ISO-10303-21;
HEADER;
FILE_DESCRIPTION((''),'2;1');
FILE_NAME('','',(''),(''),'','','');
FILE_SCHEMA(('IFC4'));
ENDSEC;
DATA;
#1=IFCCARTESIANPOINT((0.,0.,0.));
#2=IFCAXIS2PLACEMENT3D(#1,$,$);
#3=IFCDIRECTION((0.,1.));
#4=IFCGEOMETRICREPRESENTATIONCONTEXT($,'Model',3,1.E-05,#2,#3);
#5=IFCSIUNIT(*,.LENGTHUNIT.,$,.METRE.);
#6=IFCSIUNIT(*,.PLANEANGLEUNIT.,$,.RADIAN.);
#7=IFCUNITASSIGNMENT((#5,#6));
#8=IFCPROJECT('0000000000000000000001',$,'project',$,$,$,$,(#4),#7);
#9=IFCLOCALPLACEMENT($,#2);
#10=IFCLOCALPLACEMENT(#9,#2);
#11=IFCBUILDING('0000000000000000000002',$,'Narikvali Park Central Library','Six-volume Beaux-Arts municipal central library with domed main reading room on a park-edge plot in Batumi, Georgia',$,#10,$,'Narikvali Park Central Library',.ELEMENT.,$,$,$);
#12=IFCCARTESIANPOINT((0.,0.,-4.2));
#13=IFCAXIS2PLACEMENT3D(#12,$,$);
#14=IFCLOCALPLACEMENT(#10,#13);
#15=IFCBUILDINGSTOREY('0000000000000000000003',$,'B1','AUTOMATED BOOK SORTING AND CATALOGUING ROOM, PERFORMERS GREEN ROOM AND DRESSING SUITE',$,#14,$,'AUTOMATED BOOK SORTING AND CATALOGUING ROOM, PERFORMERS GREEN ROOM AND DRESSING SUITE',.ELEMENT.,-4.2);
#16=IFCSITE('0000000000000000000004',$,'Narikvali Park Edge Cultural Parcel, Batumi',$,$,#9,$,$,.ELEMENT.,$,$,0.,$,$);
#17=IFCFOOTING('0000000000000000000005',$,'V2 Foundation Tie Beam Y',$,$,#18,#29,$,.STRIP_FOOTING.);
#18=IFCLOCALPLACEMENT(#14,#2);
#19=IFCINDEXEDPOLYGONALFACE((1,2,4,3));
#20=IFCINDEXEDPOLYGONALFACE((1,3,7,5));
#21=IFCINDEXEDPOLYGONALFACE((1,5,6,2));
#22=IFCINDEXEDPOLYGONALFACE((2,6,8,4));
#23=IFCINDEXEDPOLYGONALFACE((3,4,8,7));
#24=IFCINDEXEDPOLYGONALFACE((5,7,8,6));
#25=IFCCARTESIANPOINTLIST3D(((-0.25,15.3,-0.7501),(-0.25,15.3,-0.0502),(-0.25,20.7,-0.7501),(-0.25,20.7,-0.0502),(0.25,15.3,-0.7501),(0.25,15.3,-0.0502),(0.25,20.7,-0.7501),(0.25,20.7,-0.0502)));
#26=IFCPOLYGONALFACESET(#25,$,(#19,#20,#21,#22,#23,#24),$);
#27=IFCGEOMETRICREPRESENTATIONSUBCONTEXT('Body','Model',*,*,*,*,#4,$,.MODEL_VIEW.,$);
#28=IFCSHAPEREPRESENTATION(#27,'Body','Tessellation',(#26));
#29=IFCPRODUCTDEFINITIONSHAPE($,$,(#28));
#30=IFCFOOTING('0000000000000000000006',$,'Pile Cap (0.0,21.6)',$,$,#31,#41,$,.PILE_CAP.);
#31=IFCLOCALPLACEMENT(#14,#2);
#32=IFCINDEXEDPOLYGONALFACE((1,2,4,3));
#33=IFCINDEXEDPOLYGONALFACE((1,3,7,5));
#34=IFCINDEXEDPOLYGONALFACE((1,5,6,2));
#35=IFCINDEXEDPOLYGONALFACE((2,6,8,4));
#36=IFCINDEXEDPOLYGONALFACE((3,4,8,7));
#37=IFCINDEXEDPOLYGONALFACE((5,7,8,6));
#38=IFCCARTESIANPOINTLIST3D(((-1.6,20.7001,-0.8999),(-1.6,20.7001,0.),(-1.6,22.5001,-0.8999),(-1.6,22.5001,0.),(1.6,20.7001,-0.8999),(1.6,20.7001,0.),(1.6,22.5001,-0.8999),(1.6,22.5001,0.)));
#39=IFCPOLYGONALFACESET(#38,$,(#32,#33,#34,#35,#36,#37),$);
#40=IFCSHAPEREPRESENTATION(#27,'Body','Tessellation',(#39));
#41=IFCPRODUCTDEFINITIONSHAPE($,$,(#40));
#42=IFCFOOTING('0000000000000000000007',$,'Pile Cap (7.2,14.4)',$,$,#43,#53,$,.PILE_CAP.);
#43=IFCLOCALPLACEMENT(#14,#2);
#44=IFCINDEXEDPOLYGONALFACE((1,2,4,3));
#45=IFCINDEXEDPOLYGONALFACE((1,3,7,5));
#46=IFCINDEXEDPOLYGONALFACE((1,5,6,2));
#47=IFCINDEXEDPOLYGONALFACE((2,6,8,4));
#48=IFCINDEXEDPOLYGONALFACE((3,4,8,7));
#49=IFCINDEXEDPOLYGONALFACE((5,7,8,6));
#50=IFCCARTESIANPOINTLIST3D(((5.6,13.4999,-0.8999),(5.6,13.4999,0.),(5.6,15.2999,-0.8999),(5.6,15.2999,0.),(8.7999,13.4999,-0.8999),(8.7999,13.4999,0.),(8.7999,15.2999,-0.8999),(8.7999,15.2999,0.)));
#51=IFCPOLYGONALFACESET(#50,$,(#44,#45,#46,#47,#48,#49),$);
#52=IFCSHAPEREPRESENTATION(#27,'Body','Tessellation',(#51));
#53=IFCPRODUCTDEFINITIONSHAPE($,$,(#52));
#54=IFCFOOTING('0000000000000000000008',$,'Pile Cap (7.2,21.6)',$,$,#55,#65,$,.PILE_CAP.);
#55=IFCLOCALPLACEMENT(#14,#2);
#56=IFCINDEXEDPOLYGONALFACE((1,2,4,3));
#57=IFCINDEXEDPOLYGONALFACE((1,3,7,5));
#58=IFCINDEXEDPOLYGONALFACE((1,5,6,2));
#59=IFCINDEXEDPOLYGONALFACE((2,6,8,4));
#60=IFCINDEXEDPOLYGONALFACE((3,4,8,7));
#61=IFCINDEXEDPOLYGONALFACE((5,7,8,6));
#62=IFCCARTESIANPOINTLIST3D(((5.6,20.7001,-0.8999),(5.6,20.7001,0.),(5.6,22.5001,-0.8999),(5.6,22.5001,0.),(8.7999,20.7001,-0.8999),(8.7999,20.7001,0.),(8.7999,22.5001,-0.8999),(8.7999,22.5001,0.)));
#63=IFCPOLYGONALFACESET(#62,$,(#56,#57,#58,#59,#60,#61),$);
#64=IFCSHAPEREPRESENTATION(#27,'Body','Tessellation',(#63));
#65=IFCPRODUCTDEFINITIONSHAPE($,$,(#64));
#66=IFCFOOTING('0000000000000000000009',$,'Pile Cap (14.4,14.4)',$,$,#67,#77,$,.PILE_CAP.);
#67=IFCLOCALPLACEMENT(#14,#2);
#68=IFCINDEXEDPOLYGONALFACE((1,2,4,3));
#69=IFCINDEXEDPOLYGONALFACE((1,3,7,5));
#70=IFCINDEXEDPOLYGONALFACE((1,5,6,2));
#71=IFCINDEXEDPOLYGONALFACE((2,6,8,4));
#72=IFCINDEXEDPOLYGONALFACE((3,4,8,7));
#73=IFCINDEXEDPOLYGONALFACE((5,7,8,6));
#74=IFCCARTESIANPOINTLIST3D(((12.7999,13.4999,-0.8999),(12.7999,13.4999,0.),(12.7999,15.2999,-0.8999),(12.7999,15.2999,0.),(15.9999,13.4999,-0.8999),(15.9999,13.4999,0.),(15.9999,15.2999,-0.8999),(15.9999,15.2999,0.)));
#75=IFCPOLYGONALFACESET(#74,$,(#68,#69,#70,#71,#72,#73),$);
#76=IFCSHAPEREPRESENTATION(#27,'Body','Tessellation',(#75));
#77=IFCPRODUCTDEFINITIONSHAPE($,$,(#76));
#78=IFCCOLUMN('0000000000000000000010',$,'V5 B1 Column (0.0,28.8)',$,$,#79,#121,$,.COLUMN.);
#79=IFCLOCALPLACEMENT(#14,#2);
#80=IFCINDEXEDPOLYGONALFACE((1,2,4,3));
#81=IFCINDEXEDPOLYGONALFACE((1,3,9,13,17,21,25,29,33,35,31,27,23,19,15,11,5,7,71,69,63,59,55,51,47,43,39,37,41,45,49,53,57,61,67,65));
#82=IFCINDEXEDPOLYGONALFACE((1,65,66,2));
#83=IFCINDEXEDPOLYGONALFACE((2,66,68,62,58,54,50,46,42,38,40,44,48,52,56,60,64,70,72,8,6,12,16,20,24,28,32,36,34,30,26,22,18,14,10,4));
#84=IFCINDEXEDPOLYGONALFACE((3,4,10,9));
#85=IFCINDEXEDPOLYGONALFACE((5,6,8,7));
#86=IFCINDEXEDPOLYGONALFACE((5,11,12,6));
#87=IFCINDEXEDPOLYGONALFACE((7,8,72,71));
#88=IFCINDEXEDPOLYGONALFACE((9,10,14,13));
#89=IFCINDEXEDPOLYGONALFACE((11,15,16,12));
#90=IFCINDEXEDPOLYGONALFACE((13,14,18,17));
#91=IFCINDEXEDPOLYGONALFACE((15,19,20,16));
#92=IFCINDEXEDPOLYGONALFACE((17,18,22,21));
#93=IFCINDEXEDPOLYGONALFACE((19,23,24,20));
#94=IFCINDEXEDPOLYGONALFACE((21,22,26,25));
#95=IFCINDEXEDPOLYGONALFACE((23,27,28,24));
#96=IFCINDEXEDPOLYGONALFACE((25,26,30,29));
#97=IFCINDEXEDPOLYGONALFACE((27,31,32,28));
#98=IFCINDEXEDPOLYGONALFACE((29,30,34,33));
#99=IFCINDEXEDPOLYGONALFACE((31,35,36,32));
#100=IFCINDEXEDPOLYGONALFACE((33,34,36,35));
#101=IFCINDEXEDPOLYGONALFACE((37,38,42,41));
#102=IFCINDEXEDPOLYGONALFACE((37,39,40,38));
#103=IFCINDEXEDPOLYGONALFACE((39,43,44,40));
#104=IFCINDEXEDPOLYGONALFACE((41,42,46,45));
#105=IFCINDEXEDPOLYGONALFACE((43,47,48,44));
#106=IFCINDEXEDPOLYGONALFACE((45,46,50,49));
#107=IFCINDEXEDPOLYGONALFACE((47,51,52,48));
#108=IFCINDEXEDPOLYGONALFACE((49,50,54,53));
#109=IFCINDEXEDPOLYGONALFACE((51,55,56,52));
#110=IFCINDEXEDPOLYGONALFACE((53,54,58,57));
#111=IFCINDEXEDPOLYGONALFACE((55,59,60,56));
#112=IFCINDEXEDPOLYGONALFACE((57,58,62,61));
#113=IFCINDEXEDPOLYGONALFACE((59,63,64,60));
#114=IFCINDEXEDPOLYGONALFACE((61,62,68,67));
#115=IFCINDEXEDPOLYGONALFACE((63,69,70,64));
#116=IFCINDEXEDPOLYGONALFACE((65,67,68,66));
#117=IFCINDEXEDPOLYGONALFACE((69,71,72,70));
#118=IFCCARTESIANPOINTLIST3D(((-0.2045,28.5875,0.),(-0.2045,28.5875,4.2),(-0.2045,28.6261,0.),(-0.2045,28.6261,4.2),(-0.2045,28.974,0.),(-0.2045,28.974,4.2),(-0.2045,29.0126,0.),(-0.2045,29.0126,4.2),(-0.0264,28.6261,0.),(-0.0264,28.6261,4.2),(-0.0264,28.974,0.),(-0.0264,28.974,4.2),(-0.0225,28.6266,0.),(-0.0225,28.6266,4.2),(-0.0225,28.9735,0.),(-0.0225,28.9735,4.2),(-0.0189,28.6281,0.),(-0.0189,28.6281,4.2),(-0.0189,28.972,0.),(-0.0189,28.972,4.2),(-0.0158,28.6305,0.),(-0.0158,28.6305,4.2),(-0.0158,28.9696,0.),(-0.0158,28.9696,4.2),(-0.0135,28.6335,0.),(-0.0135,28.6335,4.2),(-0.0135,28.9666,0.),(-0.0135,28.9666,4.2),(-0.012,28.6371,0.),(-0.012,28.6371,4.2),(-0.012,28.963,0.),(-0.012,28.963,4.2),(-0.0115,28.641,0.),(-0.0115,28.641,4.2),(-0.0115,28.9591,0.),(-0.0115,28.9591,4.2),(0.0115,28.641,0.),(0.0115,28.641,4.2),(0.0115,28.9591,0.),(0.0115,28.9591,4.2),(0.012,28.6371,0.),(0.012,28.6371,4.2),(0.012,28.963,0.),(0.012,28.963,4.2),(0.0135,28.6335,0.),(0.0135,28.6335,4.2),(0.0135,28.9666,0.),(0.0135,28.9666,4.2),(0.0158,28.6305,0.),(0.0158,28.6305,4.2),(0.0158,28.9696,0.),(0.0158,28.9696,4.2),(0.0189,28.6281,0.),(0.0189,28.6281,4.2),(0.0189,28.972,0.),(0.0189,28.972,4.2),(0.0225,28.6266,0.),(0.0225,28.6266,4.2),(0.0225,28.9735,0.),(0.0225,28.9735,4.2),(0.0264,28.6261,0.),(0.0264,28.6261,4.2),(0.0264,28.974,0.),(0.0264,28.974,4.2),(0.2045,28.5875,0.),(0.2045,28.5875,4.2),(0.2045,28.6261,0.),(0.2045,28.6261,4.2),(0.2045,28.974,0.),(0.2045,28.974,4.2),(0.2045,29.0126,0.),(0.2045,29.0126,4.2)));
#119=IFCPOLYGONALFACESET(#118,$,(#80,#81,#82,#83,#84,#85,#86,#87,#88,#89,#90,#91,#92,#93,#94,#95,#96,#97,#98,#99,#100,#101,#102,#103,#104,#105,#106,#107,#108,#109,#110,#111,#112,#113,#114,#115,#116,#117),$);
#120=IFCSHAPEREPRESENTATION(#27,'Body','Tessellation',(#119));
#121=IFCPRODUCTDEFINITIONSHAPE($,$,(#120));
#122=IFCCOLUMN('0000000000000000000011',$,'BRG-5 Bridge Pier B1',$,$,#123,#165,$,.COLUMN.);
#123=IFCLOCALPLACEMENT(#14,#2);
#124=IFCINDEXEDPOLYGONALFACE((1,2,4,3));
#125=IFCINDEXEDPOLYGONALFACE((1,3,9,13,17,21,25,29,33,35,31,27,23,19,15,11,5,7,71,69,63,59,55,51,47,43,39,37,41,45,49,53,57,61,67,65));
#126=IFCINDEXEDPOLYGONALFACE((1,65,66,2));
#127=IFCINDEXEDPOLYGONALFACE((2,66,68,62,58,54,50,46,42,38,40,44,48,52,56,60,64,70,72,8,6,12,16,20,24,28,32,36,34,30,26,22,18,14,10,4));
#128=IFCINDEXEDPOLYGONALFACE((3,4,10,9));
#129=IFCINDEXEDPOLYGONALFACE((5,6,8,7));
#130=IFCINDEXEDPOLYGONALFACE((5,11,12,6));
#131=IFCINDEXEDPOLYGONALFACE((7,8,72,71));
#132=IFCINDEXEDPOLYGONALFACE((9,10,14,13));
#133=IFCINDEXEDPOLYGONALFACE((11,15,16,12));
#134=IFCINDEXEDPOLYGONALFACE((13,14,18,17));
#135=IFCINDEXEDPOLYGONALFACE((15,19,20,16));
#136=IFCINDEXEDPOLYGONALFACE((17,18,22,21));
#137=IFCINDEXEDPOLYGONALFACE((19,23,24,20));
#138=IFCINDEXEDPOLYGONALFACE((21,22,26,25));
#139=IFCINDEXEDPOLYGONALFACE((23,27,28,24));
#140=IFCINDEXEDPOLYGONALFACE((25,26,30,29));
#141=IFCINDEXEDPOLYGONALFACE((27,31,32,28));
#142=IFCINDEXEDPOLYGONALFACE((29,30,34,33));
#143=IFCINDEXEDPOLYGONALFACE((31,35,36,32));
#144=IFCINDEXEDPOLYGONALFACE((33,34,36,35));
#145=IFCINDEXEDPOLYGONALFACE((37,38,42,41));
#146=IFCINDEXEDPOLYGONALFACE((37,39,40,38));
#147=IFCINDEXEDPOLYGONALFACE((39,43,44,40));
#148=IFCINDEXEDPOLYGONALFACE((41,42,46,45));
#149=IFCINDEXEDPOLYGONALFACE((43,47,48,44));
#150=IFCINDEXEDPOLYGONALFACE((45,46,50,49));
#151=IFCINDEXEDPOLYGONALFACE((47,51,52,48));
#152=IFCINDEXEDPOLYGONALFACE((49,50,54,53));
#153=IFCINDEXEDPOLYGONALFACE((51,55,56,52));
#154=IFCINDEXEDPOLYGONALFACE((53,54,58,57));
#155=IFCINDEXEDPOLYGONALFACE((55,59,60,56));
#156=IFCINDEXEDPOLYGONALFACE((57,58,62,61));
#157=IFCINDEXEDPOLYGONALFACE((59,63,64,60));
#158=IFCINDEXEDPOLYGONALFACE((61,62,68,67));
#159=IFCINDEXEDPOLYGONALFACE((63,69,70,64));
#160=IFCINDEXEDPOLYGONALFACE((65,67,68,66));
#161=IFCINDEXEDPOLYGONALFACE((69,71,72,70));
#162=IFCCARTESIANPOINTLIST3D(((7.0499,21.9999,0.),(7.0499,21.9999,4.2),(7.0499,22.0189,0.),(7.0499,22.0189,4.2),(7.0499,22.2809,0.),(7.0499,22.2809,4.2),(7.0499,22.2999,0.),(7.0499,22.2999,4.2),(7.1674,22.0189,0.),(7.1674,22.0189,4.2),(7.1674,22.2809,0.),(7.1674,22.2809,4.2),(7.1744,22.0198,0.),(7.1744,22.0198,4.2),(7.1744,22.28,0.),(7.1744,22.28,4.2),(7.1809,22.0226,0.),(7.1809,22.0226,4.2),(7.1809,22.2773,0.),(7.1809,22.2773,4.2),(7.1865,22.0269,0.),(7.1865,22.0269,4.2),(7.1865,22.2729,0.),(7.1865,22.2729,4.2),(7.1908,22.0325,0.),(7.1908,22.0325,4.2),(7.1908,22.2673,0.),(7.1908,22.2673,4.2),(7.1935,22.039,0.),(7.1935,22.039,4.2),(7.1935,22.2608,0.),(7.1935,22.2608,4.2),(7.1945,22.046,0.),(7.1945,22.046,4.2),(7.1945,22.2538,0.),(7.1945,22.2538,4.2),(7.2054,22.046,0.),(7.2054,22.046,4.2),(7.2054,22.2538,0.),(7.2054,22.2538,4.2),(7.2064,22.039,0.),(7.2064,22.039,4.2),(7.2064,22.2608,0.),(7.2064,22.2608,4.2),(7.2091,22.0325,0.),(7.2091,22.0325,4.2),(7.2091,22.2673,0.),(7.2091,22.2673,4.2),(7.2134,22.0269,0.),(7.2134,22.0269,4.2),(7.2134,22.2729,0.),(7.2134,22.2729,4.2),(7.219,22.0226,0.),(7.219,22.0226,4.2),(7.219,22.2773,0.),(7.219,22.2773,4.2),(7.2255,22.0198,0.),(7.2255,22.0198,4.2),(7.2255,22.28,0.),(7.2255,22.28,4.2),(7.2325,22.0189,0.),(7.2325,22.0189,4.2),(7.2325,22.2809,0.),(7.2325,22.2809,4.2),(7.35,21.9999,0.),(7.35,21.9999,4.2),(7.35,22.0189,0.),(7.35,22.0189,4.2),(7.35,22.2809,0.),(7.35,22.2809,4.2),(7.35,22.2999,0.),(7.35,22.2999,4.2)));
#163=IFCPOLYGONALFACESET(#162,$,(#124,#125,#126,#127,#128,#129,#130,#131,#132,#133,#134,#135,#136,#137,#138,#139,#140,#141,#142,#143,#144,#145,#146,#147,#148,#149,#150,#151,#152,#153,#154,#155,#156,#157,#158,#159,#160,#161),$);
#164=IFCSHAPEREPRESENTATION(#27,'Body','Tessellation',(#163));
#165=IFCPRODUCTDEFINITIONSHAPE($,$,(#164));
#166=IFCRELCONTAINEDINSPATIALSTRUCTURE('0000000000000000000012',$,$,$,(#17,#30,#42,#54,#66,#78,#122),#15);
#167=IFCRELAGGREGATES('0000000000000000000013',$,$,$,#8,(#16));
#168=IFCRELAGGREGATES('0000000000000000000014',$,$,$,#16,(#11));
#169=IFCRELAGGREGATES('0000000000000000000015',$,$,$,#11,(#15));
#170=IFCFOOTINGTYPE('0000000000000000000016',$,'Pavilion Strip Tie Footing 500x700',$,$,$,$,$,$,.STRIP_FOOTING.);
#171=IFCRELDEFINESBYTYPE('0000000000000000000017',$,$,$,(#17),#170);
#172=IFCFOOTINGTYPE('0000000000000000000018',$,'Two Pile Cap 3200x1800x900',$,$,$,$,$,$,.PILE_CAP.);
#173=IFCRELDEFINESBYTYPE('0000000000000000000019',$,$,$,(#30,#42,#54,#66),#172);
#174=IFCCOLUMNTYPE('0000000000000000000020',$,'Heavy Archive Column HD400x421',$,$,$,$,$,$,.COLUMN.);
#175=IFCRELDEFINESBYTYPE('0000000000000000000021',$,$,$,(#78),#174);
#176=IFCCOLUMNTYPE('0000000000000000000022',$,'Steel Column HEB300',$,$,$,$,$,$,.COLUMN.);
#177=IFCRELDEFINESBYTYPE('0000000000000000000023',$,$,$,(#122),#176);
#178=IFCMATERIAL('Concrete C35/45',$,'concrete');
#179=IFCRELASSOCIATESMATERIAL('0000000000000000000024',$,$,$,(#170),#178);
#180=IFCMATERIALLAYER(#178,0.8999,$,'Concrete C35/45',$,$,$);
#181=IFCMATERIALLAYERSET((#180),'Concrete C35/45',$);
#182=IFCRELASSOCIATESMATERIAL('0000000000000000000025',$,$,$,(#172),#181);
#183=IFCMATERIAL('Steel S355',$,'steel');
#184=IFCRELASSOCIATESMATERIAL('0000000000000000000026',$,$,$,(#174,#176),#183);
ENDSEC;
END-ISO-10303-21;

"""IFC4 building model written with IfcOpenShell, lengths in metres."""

from ifc_helpers import new_model, si_unit, direction, frame, origin, origin_2d, place, context, subcontext, project, spatial, rectangle, i_section, extrude, material, layer, layer_set, material_profile, profile_set, type_object, element, save


model = new_model("IFC4")

# Units and contexts
model_context = context("Model", 3, precision=1e-05, world=origin(), true_north=direction((0.0, 1.0)))
body_context = subcontext(model_context, "Body", "Model", "MODEL_VIEW")
ifc_project = project(units=[si_unit("LENGTHUNIT", "METRE"), si_unit("PLANEANGLEUNIT", "RADIAN")], contexts=[model_context])

# Site, building, storey
site_placement = place(None, origin())
site = spatial("IfcSite", under=ifc_project, at=site_placement, Name="Narikvali Park Edge Cultural Parcel, Batumi", CompositionType="ELEMENT", RefElevation=0.0)
building_placement = place(site_placement, origin())
building = spatial("IfcBuilding", under=site, at=building_placement, Name="Narikvali Park Central Library", Description="Six-volume Beaux-Arts municipal central library with domed main reading room on a park-edge plot in Batumi, Georgia", LongName="Narikvali Park Central Library", CompositionType="ELEMENT")
storey_placement = place(building_placement, frame((0.0, 0.0, -4.2)))
storey = spatial("IfcBuildingStorey", under=building, at=storey_placement, Name="B1", Description="AUTOMATED BOOK SORTING AND CATALOGUING ROOM, PERFORMERS GREEN ROOM AND DRESSING SUITE", LongName="AUTOMATED BOOK SORTING AND CATALOGUING ROOM, PERFORMERS GREEN ROOM AND DRESSING SUITE", CompositionType="ELEMENT", Elevation=-4.2)

# Shared definitions
ifc_material_1 = material(Name="Concrete C35/45", Category="concrete")

# Footings
ifc_material_profile_1 = material_profile(ifc_material_1, rectangle(XDim=0.5, YDim=0.7, at=origin_2d()), Name="RC GB 500x700")
ifc_profile_set_1 = profile_set([ifc_material_profile_1], Name="Concrete C35/45")
footing_type_1 = type_object("IfcFootingType", Name="Pavilion Strip Tie Footing 500x700", PredefinedType="STRIP_FOOTING", material=ifc_profile_set_1)
footing_1_placement = place(storey_placement, frame((0.0, 15.3, -0.4001), z_axis=(0.0, 1.0, 0.0), x_axis=(-1.0, 0.0, 0.0)))
element("IfcFooting", 1, at=footing_1_placement, inside=storey, type_object=footing_type_1, Name="V2 Foundation Tie Beam Y", PredefinedType="STRIP_FOOTING", context=body_context, shape_type="SweptSolid", body=[
    extrude(rectangle(XDim=0.5, YDim=0.7, at=origin_2d()), origin(), (0.0, 0.0, 1.0), 5.3999),
])
ifc_layer_1 = layer(ifc_material_1, 0.8999, Name="Concrete C35/45")
ifc_layer_set_1 = layer_set([ifc_layer_1], Name="Concrete C35/45")
footing_type_2 = type_object("IfcFootingType", Name="Two Pile Cap 3200x1800x900", PredefinedType="PILE_CAP", material=ifc_layer_set_1)
for number, where, z_axis, x_axis, name in (
    (2, (0.0, 21.6001, -0.8999), (0.0, 0.0, 1.0), (1.0, 0.0, 0.0), "Pile Cap (0.0,21.6)"),
    (3, (7.2, 14.3999, -0.8999), (0.0, 0.0, 1.0), (1.0, 0.0, 0.0), "Pile Cap (7.2,14.4)"),
    (4, (7.2, 21.6001, -0.8999), (0.0, 0.0, 1.0), (1.0, 0.0, 0.0), "Pile Cap (7.2,21.6)"),
    (5, (14.3999, 14.3999, -0.8999), (0.0, 0.0, 1.0), (1.0, 0.0, 0.0), "Pile Cap (14.4,14.4)"),
):
    element("IfcFooting", number, at=place(storey_placement, frame(where, z_axis=z_axis, x_axis=x_axis)), inside=storey, type_object=footing_type_2, Name=name, PredefinedType="PILE_CAP", context=body_context, shape_type="SweptSolid", body=[
        extrude(rectangle(XDim=3.2, YDim=1.8, at=origin_2d()), origin(), (0.0, 0.0, 1.0), 0.8999),
    ])

# Columns
ifc_material_2 = material(Name="Steel S355", Category="steel")
ifc_material_profile_2 = material_profile(ifc_material_2, i_section(OverallWidth=0.4089, OverallDepth=0.425, WebThickness=0.0229, FlangeThickness=0.0386, FilletRadius=0.0149, at=origin_2d()), Name="HD 400x421")
ifc_profile_set_2 = profile_set([ifc_material_profile_2], Name="Steel S355")
column_type_1 = type_object("IfcColumnType", Name="Heavy Archive Column HD400x421", PredefinedType="COLUMN", material=ifc_profile_set_2)
column_1_placement = place(storey_placement, frame((0.0, 28.8, 0.0), z_axis=(0.0, 0.0, 1.0), x_axis=(1.0, 0.0, 0.0)))
element("IfcColumn", 6, at=column_1_placement, inside=storey, type_object=column_type_1, Name="V5 B1 Column (0.0,28.8)", PredefinedType="COLUMN", context=body_context, shape_type="SweptSolid", body=[
    extrude(i_section(OverallWidth=0.4089, OverallDepth=0.425, WebThickness=0.0229, FlangeThickness=0.0386, FilletRadius=0.0149, at=origin_2d()), origin(), (0.0, 0.0, 1.0), 4.2),
])
ifc_material_profile_3 = material_profile(ifc_material_2, i_section(OverallWidth=0.3, OverallDepth=0.3, WebThickness=0.011, FlangeThickness=0.019, FilletRadius=0.0271, at=origin_2d()), Name="HEB 300")
ifc_profile_set_3 = profile_set([ifc_material_profile_3], Name="Steel S355")
column_type_2 = type_object("IfcColumnType", Name="Steel Column HEB300", PredefinedType="COLUMN", material=ifc_profile_set_3)
column_2_placement = place(storey_placement, frame((7.2, 22.1499, 0.0), z_axis=(0.0, 0.0, 1.0), x_axis=(1.0, 0.0, 0.0)))
element("IfcColumn", 7, at=column_2_placement, inside=storey, type_object=column_type_2, Name="BRG-5 Bridge Pier B1", PredefinedType="COLUMN", context=body_context, shape_type="SweptSolid", body=[
    extrude(i_section(OverallWidth=0.3, OverallDepth=0.3, WebThickness=0.011, FlangeThickness=0.019, FilletRadius=0.0271, at=origin_2d()), origin(), (0.0, 0.0, 1.0), 4.2),
])

save(model, "model.ifc")
